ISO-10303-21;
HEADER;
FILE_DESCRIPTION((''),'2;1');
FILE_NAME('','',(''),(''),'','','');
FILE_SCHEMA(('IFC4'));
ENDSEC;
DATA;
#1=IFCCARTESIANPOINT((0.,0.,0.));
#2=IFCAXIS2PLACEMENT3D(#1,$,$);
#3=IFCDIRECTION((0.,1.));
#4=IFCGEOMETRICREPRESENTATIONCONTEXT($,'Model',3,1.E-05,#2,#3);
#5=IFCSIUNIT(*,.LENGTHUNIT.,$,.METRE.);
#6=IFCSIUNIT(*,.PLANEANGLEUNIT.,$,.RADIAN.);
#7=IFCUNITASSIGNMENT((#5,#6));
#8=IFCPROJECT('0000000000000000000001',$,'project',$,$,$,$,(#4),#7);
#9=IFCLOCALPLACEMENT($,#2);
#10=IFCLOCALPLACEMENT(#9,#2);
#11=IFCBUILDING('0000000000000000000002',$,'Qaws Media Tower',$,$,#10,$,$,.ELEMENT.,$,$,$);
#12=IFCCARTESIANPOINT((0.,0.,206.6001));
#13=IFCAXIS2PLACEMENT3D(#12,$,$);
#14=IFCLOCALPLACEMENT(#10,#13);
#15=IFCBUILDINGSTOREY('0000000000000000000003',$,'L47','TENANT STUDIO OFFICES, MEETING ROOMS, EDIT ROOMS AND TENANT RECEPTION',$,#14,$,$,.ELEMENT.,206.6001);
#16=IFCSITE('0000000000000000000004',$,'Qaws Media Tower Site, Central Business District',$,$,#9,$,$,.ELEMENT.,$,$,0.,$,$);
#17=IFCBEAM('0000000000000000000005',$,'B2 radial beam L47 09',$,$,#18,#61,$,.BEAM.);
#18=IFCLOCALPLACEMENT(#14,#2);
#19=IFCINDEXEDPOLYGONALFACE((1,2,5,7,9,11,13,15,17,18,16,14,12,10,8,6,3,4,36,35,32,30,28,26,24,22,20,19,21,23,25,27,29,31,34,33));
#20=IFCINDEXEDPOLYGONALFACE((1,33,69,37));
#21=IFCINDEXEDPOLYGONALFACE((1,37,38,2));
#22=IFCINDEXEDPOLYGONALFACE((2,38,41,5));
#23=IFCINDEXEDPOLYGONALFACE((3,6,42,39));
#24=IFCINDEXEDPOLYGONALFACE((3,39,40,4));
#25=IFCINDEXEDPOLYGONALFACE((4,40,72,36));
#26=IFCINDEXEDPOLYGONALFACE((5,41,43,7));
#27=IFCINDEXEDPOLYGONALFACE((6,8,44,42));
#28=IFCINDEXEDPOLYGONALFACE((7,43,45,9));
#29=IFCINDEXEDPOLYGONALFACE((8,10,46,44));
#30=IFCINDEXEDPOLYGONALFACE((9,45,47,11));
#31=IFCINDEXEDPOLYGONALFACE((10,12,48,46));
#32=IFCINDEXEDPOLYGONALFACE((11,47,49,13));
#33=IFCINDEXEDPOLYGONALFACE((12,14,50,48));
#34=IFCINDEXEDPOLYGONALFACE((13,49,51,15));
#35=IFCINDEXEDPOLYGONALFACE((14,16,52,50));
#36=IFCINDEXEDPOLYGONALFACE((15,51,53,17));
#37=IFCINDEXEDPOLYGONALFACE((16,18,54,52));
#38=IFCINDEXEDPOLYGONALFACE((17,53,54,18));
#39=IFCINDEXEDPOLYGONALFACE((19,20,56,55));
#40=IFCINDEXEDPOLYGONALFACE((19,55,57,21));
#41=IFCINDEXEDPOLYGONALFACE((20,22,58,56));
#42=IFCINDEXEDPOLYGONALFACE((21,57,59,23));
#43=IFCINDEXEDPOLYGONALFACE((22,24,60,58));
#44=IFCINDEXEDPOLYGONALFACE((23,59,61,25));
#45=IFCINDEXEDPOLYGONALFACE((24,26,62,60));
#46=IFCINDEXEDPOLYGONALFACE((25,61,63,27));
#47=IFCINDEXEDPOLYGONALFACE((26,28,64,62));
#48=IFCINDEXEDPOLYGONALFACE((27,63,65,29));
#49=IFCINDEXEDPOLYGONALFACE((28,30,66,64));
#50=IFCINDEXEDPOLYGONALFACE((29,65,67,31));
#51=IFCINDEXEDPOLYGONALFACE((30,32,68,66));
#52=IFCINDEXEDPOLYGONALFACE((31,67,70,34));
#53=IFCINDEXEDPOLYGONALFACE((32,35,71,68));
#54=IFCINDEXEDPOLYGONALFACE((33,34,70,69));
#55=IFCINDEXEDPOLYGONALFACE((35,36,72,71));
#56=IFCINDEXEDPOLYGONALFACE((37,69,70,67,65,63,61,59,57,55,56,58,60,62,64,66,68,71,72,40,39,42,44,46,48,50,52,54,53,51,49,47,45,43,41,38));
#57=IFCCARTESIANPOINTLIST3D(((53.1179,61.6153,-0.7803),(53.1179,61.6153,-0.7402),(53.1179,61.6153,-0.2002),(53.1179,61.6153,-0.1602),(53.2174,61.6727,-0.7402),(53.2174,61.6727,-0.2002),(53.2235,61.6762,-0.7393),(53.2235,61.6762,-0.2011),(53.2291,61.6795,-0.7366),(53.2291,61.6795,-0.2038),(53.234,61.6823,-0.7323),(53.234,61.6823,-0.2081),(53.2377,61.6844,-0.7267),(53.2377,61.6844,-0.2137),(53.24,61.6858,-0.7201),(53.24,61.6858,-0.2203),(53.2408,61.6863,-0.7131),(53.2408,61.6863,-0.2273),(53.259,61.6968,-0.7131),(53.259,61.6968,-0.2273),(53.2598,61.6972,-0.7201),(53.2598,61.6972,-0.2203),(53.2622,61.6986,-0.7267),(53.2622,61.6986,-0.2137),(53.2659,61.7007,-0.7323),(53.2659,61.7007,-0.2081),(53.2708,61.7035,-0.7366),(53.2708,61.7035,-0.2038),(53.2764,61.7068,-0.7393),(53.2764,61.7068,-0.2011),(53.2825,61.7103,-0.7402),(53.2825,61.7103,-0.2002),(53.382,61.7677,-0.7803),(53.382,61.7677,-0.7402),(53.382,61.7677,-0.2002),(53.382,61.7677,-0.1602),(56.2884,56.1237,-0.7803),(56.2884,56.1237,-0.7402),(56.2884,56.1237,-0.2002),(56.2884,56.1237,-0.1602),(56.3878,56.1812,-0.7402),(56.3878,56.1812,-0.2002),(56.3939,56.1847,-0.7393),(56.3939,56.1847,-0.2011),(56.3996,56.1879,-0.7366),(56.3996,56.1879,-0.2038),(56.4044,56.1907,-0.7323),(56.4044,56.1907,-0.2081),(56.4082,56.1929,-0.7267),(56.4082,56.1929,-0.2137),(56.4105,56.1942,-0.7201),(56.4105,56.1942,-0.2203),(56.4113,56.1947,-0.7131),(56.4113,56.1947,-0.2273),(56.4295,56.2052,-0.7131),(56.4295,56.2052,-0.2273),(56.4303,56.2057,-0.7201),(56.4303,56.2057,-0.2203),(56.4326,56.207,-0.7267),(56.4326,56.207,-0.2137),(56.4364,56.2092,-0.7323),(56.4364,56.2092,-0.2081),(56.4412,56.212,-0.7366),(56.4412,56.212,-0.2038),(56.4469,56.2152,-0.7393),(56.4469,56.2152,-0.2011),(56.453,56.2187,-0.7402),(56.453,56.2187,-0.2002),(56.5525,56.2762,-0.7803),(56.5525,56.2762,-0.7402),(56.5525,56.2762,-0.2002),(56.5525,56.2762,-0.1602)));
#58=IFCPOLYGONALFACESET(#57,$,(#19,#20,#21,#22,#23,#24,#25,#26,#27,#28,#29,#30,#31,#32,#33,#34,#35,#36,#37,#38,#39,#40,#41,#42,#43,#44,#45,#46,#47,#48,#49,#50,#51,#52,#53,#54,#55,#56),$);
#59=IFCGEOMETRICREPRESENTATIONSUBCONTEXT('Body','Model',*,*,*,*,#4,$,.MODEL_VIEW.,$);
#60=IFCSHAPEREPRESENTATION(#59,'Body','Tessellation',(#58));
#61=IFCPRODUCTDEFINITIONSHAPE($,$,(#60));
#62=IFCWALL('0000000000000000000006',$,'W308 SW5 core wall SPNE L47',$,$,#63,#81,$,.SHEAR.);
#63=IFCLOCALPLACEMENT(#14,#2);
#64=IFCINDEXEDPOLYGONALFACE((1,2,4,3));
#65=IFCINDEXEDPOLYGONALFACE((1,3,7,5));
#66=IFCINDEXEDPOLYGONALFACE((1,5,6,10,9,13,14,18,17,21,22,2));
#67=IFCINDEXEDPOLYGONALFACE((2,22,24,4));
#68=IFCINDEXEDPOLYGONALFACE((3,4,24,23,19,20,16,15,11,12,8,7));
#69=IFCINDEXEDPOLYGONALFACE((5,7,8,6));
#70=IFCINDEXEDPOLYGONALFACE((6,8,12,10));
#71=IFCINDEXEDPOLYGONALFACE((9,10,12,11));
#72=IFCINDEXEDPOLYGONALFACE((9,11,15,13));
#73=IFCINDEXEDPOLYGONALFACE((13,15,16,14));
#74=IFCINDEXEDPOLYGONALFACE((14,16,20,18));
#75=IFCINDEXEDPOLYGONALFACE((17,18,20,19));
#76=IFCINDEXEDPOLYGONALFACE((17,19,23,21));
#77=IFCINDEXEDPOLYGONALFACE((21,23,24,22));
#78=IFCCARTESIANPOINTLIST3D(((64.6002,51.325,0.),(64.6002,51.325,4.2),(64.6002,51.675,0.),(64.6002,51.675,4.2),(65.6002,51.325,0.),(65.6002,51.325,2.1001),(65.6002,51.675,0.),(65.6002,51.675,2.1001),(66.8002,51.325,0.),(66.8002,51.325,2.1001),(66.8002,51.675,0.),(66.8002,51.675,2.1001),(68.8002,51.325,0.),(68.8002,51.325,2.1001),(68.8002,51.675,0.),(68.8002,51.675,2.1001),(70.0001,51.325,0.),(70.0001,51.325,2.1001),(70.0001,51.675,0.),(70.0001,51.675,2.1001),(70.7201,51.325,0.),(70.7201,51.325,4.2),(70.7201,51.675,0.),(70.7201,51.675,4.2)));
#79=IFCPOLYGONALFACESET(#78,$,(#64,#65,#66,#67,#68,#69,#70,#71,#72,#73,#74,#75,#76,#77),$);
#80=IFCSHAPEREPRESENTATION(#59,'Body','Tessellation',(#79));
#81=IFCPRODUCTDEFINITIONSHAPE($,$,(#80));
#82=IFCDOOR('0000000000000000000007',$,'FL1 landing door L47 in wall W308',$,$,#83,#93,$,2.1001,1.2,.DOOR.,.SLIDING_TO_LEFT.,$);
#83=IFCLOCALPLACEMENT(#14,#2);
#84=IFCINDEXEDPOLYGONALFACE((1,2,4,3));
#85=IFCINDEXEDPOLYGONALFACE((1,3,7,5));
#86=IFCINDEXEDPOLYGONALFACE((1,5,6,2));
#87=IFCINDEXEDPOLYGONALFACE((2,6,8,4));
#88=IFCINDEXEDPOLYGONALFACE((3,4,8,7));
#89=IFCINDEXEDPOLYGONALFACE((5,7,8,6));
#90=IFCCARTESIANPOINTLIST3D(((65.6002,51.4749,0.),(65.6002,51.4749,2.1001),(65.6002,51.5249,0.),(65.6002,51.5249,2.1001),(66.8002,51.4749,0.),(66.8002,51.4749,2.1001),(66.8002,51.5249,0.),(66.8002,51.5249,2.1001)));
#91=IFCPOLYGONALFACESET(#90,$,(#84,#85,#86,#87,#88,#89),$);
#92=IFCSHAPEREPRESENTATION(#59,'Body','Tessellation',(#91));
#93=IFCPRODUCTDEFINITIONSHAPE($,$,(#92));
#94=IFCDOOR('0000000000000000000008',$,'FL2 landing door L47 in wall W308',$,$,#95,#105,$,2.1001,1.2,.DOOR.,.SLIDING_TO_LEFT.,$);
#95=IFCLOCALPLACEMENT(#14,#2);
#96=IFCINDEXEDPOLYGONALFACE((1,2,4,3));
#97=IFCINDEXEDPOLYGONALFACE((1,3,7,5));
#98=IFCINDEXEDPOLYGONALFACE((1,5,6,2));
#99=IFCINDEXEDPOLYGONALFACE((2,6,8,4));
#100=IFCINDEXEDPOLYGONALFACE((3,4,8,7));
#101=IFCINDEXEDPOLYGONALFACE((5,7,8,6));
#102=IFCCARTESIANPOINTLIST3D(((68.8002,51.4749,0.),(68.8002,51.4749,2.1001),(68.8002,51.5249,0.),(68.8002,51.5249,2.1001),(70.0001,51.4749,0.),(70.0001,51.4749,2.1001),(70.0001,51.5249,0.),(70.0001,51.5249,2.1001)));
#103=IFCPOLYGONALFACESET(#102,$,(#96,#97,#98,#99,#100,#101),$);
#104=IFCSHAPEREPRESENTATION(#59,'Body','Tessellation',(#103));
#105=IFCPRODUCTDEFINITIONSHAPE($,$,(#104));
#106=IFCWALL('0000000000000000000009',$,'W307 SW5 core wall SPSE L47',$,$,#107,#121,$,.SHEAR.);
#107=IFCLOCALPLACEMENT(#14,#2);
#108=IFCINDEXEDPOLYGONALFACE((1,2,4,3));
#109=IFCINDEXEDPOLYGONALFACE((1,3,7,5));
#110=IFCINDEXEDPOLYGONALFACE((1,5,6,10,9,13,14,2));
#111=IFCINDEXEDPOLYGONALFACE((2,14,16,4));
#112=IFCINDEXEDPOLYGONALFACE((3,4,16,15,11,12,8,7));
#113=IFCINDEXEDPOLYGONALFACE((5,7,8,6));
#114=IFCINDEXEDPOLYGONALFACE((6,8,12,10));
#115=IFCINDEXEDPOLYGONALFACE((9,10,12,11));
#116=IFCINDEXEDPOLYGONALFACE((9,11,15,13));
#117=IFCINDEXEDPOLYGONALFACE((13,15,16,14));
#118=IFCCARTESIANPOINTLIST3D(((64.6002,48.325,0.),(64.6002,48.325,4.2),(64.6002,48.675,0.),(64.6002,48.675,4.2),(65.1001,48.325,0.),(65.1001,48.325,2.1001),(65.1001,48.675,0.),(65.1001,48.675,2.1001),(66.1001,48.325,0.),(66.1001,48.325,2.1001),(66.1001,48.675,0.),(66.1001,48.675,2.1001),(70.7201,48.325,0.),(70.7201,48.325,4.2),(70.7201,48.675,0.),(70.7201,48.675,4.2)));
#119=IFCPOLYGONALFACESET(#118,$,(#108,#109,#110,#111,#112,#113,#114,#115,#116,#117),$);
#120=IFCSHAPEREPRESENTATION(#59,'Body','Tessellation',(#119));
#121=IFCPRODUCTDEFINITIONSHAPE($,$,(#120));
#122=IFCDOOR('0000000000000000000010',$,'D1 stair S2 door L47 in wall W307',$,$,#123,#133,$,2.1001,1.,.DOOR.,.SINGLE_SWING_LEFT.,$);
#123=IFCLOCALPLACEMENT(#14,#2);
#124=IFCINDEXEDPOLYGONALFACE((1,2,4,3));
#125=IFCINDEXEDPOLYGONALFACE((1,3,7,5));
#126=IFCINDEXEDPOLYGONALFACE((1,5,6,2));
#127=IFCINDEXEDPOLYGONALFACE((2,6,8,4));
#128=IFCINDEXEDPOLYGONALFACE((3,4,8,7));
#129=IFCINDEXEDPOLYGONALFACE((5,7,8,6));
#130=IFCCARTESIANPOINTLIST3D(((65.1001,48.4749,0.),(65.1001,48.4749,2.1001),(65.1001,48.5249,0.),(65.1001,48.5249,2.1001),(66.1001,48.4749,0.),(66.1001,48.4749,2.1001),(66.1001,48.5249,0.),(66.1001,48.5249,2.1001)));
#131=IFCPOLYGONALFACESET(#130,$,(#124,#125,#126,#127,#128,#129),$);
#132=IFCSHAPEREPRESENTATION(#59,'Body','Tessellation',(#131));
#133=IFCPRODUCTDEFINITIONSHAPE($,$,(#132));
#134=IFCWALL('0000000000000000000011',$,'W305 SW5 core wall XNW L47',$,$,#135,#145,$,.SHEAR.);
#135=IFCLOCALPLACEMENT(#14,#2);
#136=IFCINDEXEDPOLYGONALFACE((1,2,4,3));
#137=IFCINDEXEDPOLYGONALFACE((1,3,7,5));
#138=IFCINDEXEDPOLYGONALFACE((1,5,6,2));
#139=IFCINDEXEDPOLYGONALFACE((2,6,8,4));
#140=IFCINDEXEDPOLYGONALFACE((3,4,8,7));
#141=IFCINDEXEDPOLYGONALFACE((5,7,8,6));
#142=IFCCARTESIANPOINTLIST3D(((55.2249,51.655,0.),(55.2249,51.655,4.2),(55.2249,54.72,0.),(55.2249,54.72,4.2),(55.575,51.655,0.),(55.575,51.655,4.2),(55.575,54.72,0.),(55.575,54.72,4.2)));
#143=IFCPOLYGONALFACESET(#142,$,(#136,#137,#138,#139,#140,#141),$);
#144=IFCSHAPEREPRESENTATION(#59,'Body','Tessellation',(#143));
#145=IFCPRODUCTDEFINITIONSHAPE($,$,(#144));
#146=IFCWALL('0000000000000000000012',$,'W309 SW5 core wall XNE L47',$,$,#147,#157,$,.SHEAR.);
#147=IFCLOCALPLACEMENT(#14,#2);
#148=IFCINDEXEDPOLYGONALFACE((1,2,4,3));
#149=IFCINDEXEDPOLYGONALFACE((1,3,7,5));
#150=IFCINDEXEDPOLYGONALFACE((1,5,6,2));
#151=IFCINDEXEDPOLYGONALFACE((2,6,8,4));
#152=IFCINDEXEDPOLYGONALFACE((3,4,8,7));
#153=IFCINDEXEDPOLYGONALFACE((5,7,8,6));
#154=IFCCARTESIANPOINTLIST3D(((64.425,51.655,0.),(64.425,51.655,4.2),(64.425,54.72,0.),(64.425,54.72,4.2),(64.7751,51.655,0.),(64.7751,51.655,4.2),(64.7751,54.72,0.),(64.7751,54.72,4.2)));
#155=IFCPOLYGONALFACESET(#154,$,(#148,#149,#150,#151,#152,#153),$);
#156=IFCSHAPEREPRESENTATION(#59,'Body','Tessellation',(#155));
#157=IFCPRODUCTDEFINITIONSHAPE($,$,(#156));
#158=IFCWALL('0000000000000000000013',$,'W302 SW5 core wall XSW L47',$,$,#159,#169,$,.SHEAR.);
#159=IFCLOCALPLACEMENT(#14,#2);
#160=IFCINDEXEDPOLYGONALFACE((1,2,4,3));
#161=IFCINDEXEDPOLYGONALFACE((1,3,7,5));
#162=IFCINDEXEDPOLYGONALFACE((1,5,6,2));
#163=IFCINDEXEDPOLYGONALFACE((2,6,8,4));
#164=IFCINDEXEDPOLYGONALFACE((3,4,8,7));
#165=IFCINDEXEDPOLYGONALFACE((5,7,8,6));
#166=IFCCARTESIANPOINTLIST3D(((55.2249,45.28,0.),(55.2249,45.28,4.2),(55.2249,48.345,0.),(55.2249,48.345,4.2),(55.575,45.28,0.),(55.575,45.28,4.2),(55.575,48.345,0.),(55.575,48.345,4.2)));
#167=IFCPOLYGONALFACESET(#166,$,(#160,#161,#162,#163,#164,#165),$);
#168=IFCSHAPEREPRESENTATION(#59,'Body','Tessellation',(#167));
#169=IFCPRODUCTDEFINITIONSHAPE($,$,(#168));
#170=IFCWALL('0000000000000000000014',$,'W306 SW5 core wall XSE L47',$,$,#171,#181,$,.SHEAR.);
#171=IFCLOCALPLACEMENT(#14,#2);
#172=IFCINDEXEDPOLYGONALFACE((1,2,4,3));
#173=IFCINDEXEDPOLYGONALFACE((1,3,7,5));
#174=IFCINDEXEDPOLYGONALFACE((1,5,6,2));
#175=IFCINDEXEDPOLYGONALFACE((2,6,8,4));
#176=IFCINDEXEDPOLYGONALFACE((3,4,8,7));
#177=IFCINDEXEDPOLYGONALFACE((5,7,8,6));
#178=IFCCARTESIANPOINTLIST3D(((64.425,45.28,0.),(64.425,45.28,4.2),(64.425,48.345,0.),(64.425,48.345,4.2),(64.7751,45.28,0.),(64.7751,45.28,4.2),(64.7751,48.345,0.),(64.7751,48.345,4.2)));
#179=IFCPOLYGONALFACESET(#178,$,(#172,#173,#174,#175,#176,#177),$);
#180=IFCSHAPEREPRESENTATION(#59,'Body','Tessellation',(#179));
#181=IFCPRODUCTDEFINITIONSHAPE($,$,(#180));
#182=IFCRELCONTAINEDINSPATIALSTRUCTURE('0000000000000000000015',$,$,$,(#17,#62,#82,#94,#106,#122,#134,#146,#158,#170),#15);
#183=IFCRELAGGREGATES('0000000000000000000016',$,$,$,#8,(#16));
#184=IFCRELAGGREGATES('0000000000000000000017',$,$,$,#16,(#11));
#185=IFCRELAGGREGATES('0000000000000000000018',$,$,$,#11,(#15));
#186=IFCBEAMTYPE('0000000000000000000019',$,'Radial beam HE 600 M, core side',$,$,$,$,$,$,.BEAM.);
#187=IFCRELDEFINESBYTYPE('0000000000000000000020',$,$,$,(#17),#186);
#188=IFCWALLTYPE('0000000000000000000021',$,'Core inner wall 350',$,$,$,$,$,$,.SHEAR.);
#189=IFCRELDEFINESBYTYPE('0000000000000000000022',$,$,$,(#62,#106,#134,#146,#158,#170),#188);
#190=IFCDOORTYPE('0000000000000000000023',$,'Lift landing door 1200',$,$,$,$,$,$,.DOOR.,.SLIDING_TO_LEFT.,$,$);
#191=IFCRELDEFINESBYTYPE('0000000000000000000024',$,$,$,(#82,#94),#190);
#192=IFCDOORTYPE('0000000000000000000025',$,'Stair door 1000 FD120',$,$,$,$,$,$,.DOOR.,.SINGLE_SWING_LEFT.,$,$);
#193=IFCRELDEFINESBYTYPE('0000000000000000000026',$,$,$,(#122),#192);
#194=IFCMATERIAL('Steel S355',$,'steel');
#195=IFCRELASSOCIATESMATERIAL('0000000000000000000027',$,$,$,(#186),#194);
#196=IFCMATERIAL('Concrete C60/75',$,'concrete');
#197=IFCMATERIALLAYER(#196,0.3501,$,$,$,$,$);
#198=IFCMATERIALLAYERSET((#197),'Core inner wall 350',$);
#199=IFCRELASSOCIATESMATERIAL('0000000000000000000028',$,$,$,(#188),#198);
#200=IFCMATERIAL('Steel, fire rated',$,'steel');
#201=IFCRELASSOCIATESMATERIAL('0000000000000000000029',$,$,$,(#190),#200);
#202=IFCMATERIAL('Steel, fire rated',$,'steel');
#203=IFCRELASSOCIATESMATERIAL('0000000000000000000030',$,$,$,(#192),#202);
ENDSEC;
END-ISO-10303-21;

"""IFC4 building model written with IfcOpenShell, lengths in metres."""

from ifc_helpers import new_model, si_unit, direction, frame, frame_2d, origin, origin_2d, place, context, subcontext, project, spatial, rectangle, i_section, extrude, material, layer, layer_set, material_profile, profile_set, type_object, element, fill, save


model = new_model("IFC4")

# Units and contexts
model_context = context("Model", 3, precision=1e-05, world=origin(), true_north=direction((0.0, 1.0)))
body_context = subcontext(model_context, "Body", "Model", "MODEL_VIEW")
ifc_project = project(units=[si_unit("LENGTHUNIT", "METRE"), si_unit("PLANEANGLEUNIT", "RADIAN")], contexts=[model_context])

# Site, building, storey
site_placement = place(None, origin())
site = spatial("IfcSite", under=ifc_project, at=site_placement, Name="Qaws Media Tower Site, Central Business District", CompositionType="ELEMENT", RefElevation=0.0)
building_placement = place(site_placement, origin())
building = spatial("IfcBuilding", under=site, at=building_placement, Name="Qaws Media Tower", CompositionType="ELEMENT")
storey_placement = place(building_placement, frame((0.0, 0.0, 206.6001)))
storey = spatial("IfcBuildingStorey", under=building, at=storey_placement, Name="L47", Description="TENANT STUDIO OFFICES, MEETING ROOMS, EDIT ROOMS AND TENANT RECEPTION", CompositionType="ELEMENT", Elevation=206.6001)

# Beam
ifc_material_1 = material(Name="Steel S355", Category="steel")
ifc_material_profile_1 = material_profile(ifc_material_1, i_section(OverallWidth=0.3049, OverallDepth=0.6201, WebThickness=0.021, FlangeThickness=0.04, FilletRadius=0.0271, at=origin_2d()), Name="HE 600 M")
ifc_profile_set_1 = profile_set([ifc_material_profile_1], Name="Steel S355")
beam_type_1 = type_object("IfcBeamType", Name="Radial beam HE 600 M, core side", PredefinedType="BEAM", material=ifc_profile_set_1)
beam_1_placement = place(storey_placement, frame((56.4204, 56.2, -0.4702), z_axis=(-0.49999, 0.866031, 0.0), x_axis=(-0.866031, -0.49999, 0.0)))
element("IfcBeam", 1, at=beam_1_placement, inside=storey, type_object=beam_type_1, Name="B2 radial beam L47 09", PredefinedType="BEAM", context=body_context, shape_type="SweptSolid", body=[
    extrude(i_section(OverallWidth=0.3049, OverallDepth=0.6201, WebThickness=0.021, FlangeThickness=0.04, FilletRadius=0.0271, at=origin_2d()), origin(), (0.0, 0.0, 1.0), 6.3411),
])

# Wall, openings, doors
ifc_material_2 = material(Name="Concrete C60/75", Category="concrete")
ifc_layer_1 = layer(ifc_material_2, 0.3501)
ifc_layer_set_1 = layer_set([ifc_layer_1], Name="Core inner wall 350")
wall_type_1 = type_object("IfcWallType", Name="Core inner wall 350", PredefinedType="SHEAR", material=ifc_layer_set_1)
wall_1_placement = place(storey_placement, frame((64.6001, 51.5, 0.0), z_axis=(0.0, 0.0, 1.0), x_axis=(1.0, 0.0, 0.0)))
wall_1 = element("IfcWall", 2, at=wall_1_placement, inside=storey, type_object=wall_type_1, Name="W308 SW5 core wall SPNE L47", PredefinedType="SHEAR", context=body_context, shape_type="SweptSolid", body=[
    extrude(rectangle(XDim=6.1199, YDim=0.3501, at=frame_2d((3.0601, 0.0))), origin(), (0.0, 0.0, 1.0), 4.2),
])
opening_1_placement = place(wall_1_placement, frame((1.0, 0.0, 0.0)))
opening_1 = element("IfcOpeningElement", 3, at=opening_1_placement, cuts=wall_1, PredefinedType="OPENING", context=body_context, shape_type="SweptSolid", body=[
    extrude(rectangle(XDim=1.2, YDim=2.1001, at=frame_2d((0.6001, 1.05))), frame((0.0, 0.1851, 0.0), z_axis=(0.0, -1.0, 0.0), x_axis=(1.0, 0.0, 0.0)), (0.0, 0.0, 1.0), 0.3701),
])
opening_2_placement = place(wall_1_placement, frame((4.2, 0.0, 0.0)))
opening_2 = element("IfcOpeningElement", 4, at=opening_2_placement, cuts=wall_1, PredefinedType="OPENING", context=body_context, shape_type="SweptSolid", body=[
    extrude(rectangle(XDim=1.2, YDim=2.1001, at=frame_2d((0.6001, 1.05))), frame((0.0, 0.1851, 0.0), z_axis=(0.0, -1.0, 0.0), x_axis=(1.0, 0.0, 0.0)), (0.0, 0.0, 1.0), 0.3701),
])
ifc_material_3 = material(Name="Steel, fire rated", Category="steel")
door_type_1 = type_object("IfcDoorType", Name="Lift landing door 1200", OperationType="SLIDING_TO_LEFT", PredefinedType="DOOR", material=ifc_material_3)
door_1_placement = place(opening_1_placement, origin())
door_1 = element("IfcDoor", 5, at=door_1_placement, inside=storey, type_object=door_type_1, Name="FL1 landing door L47 in wall W308", OperationType="SLIDING_TO_LEFT", OverallHeight=2.1001, OverallWidth=1.2, PredefinedType="DOOR", context=body_context, shape_type="SweptSolid", body=[
    extrude(rectangle(XDim=1.2, YDim=2.1001, at=frame_2d((0.6001, 1.05))), frame((0.0, 0.0249, 0.0), z_axis=(0.0, -1.0, 0.0), x_axis=(1.0, 0.0, 0.0)), (0.0, 0.0, 1.0), 0.05),
])
fill(opening_1, door_1)
door_2_placement = place(opening_2_placement, origin())
door_2 = element("IfcDoor", 6, at=door_2_placement, inside=storey, type_object=door_type_1, Name="FL2 landing door L47 in wall W308", OperationType="SLIDING_TO_LEFT", OverallHeight=2.1001, OverallWidth=1.2, PredefinedType="DOOR", context=body_context, shape_type="SweptSolid", body=[
    extrude(rectangle(XDim=1.2, YDim=2.1001, at=frame_2d((0.6001, 1.05))), frame((0.0, 0.0249, 0.0), z_axis=(0.0, -1.0, 0.0), x_axis=(1.0, 0.0, 0.0)), (0.0, 0.0, 1.0), 0.05),
])
fill(opening_2, door_2)

# Wall, opening, door
wall_2_placement = place(storey_placement, frame((64.6001, 48.5, 0.0), z_axis=(0.0, 0.0, 1.0), x_axis=(1.0, 0.0, 0.0)))
wall_2 = element("IfcWall", 7, at=wall_2_placement, inside=storey, type_object=wall_type_1, Name="W307 SW5 core wall SPSE L47", PredefinedType="SHEAR", context=body_context, shape_type="SweptSolid", body=[
    extrude(rectangle(XDim=6.1199, YDim=0.3501, at=frame_2d((3.0601, 0.0))), origin(), (0.0, 0.0, 1.0), 4.2),
])
opening_3_placement = place(wall_2_placement, frame((0.5, 0.0, 0.0)))
opening_3 = element("IfcOpeningElement", 8, at=opening_3_placement, cuts=wall_2, PredefinedType="OPENING", context=body_context, shape_type="SweptSolid", body=[
    extrude(rectangle(XDim=1.0, YDim=2.1001, at=frame_2d((0.5, 1.05))), frame((0.0, 0.1851, 0.0), z_axis=(0.0, -1.0, 0.0), x_axis=(1.0, 0.0, 0.0)), (0.0, 0.0, 1.0), 0.3701),
])
ifc_material_4 = material(Name="Steel, fire rated", Category="steel")
door_type_2 = type_object("IfcDoorType", Name="Stair door 1000 FD120", OperationType="SINGLE_SWING_LEFT", PredefinedType="DOOR", material=ifc_material_4)
door_3_placement = place(opening_3_placement, origin())
door_3 = element("IfcDoor", 9, at=door_3_placement, inside=storey, type_object=door_type_2, Name="D1 stair S2 door L47 in wall W307", OperationType="SINGLE_SWING_LEFT", OverallHeight=2.1001, OverallWidth=1.0, PredefinedType="DOOR", context=body_context, shape_type="SweptSolid", body=[
    extrude(rectangle(XDim=1.0, YDim=2.1001, at=frame_2d((0.5, 1.05))), frame((0.0, 0.0249, 0.0), z_axis=(0.0, -1.0, 0.0), x_axis=(1.0, 0.0, 0.0)), (0.0, 0.0, 1.0), 0.05),
])
fill(opening_3, door_3)

# Walls
for number, where, z_axis, x_axis, name in (
    (10, (55.3999, 51.655, 0.0), (0.0, 0.0, 1.0), (0.0, 1.0, 0.0), "W305 SW5 core wall XNW L47"),
    (11, (64.6001, 51.655, 0.0), (0.0, 0.0, 1.0), (0.0, 1.0, 0.0), "W309 SW5 core wall XNE L47"),
    (12, (55.3999, 48.345, 0.0), (0.0, 0.0, 1.0), (0.0, -1.0, 0.0), "W302 SW5 core wall XSW L47"),
    (13, (64.6001, 48.345, 0.0), (0.0, 0.0, 1.0), (0.0, -1.0, 0.0), "W306 SW5 core wall XSE L47"),
):
    element("IfcWall", number, at=place(storey_placement, frame(where, z_axis=z_axis, x_axis=x_axis)), inside=storey, type_object=wall_type_1, Name=name, PredefinedType="SHEAR", context=body_context, shape_type="SweptSolid", body=[
        extrude(rectangle(XDim=3.0649, YDim=0.3501, at=frame_2d((1.5325, 0.0))), origin(), (0.0, 0.0, 1.0), 4.2),
    ])

save(model, "model.ifc")
